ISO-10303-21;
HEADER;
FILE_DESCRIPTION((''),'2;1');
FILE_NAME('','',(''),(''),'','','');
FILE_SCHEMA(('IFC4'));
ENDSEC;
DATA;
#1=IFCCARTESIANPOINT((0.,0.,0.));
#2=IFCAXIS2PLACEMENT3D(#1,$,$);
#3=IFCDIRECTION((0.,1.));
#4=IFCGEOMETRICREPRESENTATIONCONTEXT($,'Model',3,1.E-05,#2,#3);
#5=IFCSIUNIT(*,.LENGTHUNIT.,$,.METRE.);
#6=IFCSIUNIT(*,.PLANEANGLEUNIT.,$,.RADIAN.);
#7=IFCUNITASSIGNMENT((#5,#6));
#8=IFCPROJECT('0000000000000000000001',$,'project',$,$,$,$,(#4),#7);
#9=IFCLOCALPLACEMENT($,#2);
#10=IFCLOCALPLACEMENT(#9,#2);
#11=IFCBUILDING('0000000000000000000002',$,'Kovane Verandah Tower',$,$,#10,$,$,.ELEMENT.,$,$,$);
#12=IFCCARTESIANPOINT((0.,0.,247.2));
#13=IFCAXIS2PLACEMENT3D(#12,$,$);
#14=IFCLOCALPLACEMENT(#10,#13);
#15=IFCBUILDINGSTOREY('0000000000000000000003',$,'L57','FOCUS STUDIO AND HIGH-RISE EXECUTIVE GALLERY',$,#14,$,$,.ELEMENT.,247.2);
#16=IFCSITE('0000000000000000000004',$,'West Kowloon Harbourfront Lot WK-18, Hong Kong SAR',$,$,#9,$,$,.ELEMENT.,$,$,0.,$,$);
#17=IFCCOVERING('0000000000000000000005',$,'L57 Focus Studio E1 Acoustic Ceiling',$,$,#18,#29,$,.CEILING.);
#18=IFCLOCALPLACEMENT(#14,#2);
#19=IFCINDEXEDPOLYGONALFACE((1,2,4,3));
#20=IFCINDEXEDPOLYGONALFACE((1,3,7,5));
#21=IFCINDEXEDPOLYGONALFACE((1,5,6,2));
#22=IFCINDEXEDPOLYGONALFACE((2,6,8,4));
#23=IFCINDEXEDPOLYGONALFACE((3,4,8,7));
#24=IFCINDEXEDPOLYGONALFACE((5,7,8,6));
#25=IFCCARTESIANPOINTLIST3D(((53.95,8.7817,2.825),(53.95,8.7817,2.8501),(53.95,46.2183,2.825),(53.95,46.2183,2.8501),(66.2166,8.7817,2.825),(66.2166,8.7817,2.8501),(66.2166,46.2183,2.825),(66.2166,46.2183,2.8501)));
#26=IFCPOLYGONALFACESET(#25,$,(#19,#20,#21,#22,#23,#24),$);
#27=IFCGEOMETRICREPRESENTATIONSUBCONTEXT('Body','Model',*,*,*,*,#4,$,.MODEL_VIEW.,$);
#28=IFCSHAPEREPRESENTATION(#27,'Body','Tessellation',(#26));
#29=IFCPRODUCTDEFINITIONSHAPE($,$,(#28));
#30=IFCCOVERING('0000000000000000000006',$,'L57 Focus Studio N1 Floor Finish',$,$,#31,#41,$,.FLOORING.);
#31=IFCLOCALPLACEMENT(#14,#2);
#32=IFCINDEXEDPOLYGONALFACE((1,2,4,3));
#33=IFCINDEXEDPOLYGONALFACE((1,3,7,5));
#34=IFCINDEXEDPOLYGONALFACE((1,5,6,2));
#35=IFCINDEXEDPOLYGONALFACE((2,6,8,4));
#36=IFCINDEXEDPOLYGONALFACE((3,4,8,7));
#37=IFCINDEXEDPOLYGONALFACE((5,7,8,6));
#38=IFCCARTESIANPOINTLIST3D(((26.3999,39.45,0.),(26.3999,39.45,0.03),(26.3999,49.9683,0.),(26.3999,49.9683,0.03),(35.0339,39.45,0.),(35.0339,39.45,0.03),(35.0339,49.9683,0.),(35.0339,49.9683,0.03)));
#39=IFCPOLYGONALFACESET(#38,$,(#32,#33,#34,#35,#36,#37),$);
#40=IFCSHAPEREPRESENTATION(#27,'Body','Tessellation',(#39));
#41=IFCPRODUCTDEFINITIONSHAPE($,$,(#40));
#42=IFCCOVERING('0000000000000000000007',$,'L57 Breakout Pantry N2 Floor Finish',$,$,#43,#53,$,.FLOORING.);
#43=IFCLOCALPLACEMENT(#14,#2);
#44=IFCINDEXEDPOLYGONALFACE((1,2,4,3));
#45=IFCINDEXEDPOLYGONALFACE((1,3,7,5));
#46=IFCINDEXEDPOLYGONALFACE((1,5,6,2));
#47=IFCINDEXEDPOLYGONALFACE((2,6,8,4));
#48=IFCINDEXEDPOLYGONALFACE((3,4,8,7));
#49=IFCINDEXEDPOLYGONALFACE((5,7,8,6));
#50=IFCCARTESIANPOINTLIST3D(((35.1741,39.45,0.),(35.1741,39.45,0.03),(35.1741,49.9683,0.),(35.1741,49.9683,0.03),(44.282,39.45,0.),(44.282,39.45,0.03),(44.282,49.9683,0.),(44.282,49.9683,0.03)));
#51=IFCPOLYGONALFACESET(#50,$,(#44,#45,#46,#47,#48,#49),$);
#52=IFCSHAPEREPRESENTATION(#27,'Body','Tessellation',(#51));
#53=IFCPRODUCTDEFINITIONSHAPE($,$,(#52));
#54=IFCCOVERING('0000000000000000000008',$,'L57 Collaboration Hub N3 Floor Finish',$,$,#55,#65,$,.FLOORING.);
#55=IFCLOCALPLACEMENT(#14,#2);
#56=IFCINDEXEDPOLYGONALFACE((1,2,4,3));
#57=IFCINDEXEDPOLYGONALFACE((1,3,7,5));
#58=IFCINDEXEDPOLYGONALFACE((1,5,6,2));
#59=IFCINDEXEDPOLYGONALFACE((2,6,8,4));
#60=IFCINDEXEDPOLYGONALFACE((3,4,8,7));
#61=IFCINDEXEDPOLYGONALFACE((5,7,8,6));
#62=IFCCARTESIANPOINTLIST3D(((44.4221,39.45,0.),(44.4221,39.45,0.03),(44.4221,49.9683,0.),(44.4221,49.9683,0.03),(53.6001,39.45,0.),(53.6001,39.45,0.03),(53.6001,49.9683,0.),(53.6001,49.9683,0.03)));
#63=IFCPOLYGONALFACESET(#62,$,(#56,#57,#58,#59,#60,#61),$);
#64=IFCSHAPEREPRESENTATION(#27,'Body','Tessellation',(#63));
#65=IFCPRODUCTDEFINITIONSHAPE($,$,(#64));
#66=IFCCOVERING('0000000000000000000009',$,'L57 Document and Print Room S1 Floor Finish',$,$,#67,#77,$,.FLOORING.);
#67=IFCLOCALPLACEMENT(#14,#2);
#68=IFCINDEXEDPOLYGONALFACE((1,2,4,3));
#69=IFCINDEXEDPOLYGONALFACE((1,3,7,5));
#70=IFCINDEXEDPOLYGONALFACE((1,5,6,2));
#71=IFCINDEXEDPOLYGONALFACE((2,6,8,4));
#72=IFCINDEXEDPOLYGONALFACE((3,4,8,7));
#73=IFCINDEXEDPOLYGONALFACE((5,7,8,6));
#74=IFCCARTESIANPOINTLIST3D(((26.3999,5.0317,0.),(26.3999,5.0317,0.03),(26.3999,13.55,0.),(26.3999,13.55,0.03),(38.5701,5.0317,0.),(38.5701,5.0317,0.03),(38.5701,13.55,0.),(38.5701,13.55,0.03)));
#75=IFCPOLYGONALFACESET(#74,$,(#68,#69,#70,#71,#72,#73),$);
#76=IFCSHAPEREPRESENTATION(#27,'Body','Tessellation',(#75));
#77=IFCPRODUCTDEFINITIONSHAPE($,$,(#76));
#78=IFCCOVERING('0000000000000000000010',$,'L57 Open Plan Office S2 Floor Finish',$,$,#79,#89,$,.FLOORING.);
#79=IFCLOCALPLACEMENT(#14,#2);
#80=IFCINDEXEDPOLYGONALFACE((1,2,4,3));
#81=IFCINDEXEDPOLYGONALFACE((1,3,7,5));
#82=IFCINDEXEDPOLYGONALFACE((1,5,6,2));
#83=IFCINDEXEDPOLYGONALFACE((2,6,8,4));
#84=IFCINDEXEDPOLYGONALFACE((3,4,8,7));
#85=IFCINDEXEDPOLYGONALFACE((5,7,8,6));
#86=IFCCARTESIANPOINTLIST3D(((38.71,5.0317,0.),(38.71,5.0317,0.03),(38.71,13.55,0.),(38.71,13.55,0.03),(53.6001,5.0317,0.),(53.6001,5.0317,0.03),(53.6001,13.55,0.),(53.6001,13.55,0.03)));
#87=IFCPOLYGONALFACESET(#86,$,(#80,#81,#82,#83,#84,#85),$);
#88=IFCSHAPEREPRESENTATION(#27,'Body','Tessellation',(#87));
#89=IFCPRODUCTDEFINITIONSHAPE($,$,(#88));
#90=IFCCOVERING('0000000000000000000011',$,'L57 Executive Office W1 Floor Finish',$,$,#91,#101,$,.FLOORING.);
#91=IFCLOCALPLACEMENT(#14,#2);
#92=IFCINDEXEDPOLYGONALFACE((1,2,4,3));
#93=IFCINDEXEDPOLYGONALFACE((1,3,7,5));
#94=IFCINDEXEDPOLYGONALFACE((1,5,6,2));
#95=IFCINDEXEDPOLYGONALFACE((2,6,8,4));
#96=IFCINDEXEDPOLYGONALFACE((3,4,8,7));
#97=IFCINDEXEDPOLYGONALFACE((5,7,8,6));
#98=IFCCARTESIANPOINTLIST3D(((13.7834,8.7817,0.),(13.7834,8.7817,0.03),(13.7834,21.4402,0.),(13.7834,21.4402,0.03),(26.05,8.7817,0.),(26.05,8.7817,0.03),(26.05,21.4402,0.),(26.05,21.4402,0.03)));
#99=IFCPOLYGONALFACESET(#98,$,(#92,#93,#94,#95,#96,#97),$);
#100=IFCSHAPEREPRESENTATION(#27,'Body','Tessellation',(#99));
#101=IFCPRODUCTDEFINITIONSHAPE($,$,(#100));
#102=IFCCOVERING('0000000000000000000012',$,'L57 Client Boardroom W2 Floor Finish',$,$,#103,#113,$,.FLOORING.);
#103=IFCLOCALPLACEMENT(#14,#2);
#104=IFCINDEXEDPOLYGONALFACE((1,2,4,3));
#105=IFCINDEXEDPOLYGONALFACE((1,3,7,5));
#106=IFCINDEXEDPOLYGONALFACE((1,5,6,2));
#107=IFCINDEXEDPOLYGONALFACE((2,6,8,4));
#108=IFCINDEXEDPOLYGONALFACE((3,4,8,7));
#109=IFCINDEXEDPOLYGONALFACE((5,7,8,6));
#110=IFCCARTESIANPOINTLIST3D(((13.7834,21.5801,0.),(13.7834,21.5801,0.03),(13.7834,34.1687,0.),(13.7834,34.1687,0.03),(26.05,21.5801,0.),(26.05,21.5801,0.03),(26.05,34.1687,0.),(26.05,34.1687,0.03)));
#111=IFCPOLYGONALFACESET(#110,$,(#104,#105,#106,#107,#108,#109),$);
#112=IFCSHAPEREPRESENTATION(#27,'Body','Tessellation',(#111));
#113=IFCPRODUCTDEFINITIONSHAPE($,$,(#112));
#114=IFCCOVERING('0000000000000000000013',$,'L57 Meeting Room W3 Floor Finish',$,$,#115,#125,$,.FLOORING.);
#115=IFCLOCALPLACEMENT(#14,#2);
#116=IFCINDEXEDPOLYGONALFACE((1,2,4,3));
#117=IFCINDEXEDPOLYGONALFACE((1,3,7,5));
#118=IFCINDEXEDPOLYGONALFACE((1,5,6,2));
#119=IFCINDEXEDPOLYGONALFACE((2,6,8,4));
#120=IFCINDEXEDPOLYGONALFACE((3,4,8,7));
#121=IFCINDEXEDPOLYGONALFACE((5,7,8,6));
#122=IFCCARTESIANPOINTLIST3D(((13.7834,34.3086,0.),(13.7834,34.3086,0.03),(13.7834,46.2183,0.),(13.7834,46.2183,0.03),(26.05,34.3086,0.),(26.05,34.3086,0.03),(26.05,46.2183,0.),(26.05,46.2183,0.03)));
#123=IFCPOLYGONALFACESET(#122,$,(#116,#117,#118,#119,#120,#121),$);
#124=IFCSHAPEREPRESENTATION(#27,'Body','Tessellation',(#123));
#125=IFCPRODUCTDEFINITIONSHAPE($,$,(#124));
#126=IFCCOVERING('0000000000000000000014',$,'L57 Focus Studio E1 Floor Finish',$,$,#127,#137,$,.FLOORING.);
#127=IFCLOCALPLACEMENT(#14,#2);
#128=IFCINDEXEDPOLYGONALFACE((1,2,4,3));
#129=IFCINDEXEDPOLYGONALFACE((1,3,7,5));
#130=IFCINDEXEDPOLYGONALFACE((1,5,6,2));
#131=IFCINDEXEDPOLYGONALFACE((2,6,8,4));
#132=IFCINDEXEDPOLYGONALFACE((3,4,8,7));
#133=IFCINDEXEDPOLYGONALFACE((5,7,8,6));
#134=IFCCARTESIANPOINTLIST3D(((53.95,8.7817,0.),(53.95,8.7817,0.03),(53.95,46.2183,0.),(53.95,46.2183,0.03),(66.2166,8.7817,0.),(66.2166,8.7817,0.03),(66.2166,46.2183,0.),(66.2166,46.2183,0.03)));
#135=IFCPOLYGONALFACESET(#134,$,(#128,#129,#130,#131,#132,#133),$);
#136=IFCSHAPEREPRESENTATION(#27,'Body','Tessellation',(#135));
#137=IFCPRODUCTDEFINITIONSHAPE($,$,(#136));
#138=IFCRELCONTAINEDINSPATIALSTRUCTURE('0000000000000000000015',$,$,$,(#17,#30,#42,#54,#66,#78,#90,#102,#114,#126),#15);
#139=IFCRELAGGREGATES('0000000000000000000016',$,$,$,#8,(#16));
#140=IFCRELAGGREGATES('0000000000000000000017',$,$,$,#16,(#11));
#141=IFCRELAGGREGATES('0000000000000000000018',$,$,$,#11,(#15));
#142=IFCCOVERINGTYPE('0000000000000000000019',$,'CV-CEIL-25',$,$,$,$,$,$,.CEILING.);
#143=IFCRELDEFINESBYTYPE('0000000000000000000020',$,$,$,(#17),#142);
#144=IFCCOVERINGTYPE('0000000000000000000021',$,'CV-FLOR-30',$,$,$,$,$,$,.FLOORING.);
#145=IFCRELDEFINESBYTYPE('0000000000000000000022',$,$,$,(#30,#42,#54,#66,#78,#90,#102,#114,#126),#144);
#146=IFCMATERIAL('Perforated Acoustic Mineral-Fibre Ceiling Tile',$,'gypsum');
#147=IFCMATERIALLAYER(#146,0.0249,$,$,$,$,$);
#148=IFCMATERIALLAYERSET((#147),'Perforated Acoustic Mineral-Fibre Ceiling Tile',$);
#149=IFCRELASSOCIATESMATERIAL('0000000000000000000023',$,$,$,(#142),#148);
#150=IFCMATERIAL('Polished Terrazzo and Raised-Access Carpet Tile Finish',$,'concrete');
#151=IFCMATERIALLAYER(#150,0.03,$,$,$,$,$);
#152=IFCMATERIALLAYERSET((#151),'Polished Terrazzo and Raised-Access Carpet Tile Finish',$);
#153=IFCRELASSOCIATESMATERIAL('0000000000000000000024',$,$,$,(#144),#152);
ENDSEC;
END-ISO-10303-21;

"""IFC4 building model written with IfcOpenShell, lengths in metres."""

from ifc_helpers import new_model, si_unit, direction, frame, origin, place, context, subcontext, project, spatial, polyline, outline, extrude, material, layer, layer_set, type_object, element, save


model = new_model("IFC4")

# Units and contexts
model_context = context("Model", 3, precision=1e-05, world=origin(), true_north=direction((0.0, 1.0)))
body_context = subcontext(model_context, "Body", "Model", "MODEL_VIEW")
ifc_project = project(units=[si_unit("LENGTHUNIT", "METRE"), si_unit("PLANEANGLEUNIT", "RADIAN")], contexts=[model_context])

# Site, building, storey
site_placement = place(None, origin())
site = spatial("IfcSite", under=ifc_project, at=site_placement, Name="West Kowloon Harbourfront Lot WK-18, Hong Kong SAR", CompositionType="ELEMENT", RefElevation=0.0)
building_placement = place(site_placement, origin())
building = spatial("IfcBuilding", under=site, at=building_placement, Name="Kovane Verandah Tower", CompositionType="ELEMENT")
storey_placement = place(building_placement, frame((0.0, 0.0, 247.2)))
storey = spatial("IfcBuildingStorey", under=building, at=storey_placement, Name="L57", Description="FOCUS STUDIO AND HIGH-RISE EXECUTIVE GALLERY", CompositionType="ELEMENT", Elevation=247.2)

# Coverings
ifc_material_1 = material(Name="Perforated Acoustic Mineral-Fibre Ceiling Tile", Category="gypsum")
ifc_layer_1 = layer(ifc_material_1, 0.0249)
ifc_layer_set_1 = layer_set([ifc_layer_1], Name="Perforated Acoustic Mineral-Fibre Ceiling Tile")
covering_type_1 = type_object("IfcCoveringType", Name="CV-CEIL-25", PredefinedType="CEILING", material=ifc_layer_set_1)
covering_1_placement = place(storey_placement, frame((0.0, 0.0, 2.825)))
element("IfcCovering", 1, at=covering_1_placement, inside=storey, type_object=covering_type_1, Name="L57 Focus Studio E1 Acoustic Ceiling", PredefinedType="CEILING", context=body_context, shape_type="SweptSolid", body=[
    extrude(outline(polyline([(53.95, 8.7817), (66.2166, 8.7817), (66.2166, 46.2183), (53.95, 46.2183), (53.95, 8.7817)])), origin(), (0.0, 0.0, 1.0), 0.0251),
])
ifc_material_2 = material(Name="Polished Terrazzo and Raised-Access Carpet Tile Finish", Category="concrete")
ifc_layer_2 = layer(ifc_material_2, 0.03)
ifc_layer_set_2 = layer_set([ifc_layer_2], Name="Polished Terrazzo and Raised-Access Carpet Tile Finish")
covering_type_2 = type_object("IfcCoveringType", Name="CV-FLOR-30", PredefinedType="FLOORING", material=ifc_layer_set_2)
covering_2_placement = place(storey_placement, origin())
element("IfcCovering", 2, at=covering_2_placement, inside=storey, type_object=covering_type_2, Name="L57 Focus Studio N1 Floor Finish", PredefinedType="FLOORING", context=body_context, shape_type="SweptSolid", body=[
    extrude(outline(polyline([(26.3999, 39.45), (35.0339, 39.45), (35.0339, 49.9683), (26.3999, 49.9683), (26.3999, 39.45)])), origin(), (0.0, 0.0, 1.0), 0.03),
])
covering_3_placement = place(storey_placement, origin())
element("IfcCovering", 3, at=covering_3_placement, inside=storey, type_object=covering_type_2, Name="L57 Breakout Pantry N2 Floor Finish", PredefinedType="FLOORING", context=body_context, shape_type="SweptSolid", body=[
    extrude(outline(polyline([(35.1741, 39.45), (44.282, 39.45), (44.282, 49.9683), (35.1741, 49.9683), (35.1741, 39.45)])), origin(), (0.0, 0.0, 1.0), 0.03),
])
covering_4_placement = place(storey_placement, origin())
element("IfcCovering", 4, at=covering_4_placement, inside=storey, type_object=covering_type_2, Name="L57 Collaboration Hub N3 Floor Finish", PredefinedType="FLOORING", context=body_context, shape_type="SweptSolid", body=[
    extrude(outline(polyline([(44.4221, 39.45), (53.6001, 39.45), (53.6001, 49.9683), (44.4221, 49.9683), (44.4221, 39.45)])), origin(), (0.0, 0.0, 1.0), 0.03),
])
covering_5_placement = place(storey_placement, origin())
element("IfcCovering", 5, at=covering_5_placement, inside=storey, type_object=covering_type_2, Name="L57 Document and Print Room S1 Floor Finish", PredefinedType="FLOORING", context=body_context, shape_type="SweptSolid", body=[
    extrude(outline(polyline([(26.3999, 5.0317), (38.5701, 5.0317), (38.5701, 13.55), (26.3999, 13.55), (26.3999, 5.0317)])), origin(), (0.0, 0.0, 1.0), 0.03),
])
covering_6_placement = place(storey_placement, origin())
element("IfcCovering", 6, at=covering_6_placement, inside=storey, type_object=covering_type_2, Name="L57 Open Plan Office S2 Floor Finish", PredefinedType="FLOORING", context=body_context, shape_type="SweptSolid", body=[
    extrude(outline(polyline([(38.71, 5.0317), (53.6001, 5.0317), (53.6001, 13.55), (38.71, 13.55), (38.71, 5.0317)])), origin(), (0.0, 0.0, 1.0), 0.03),
])
covering_7_placement = place(storey_placement, origin())
element("IfcCovering", 7, at=covering_7_placement, inside=storey, type_object=covering_type_2, Name="L57 Executive Office W1 Floor Finish", PredefinedType="FLOORING", context=body_context, shape_type="SweptSolid", body=[
    extrude(outline(polyline([(13.7834, 8.7817), (26.05, 8.7817), (26.05, 21.4402), (13.7834, 21.4402), (13.7834, 8.7817)])), origin(), (0.0, 0.0, 1.0), 0.03),
])
covering_8_placement = place(storey_placement, origin())
element("IfcCovering", 8, at=covering_8_placement, inside=storey, type_object=covering_type_2, Name="L57 Client Boardroom W2 Floor Finish", PredefinedType="FLOORING", context=body_context, shape_type="SweptSolid", body=[
    extrude(outline(polyline([(13.7834, 21.5801), (26.05, 21.5801), (26.05, 34.1687), (13.7834, 34.1687), (13.7834, 21.5801)])), origin(), (0.0, 0.0, 1.0), 0.03),
])
covering_9_placement = place(storey_placement, origin())
element("IfcCovering", 9, at=covering_9_placement, inside=storey, type_object=covering_type_2, Name="L57 Meeting Room W3 Floor Finish", PredefinedType="FLOORING", context=body_context, shape_type="SweptSolid", body=[
    extrude(outline(polyline([(13.7834, 34.3086), (26.05, 34.3086), (26.05, 46.2183), (13.7834, 46.2183), (13.7834, 34.3086)])), origin(), (0.0, 0.0, 1.0), 0.03),
])
covering_10_placement = place(storey_placement, origin())
element("IfcCovering", 10, at=covering_10_placement, inside=storey, type_object=covering_type_2, Name="L57 Focus Studio E1 Floor Finish", PredefinedType="FLOORING", context=body_context, shape_type="SweptSolid", body=[
    extrude(outline(polyline([(53.95, 8.7817), (66.2166, 8.7817), (66.2166, 46.2183), (53.95, 46.2183), (53.95, 8.7817)])), origin(), (0.0, 0.0, 1.0), 0.03),
])

save(model, "model.ifc")
